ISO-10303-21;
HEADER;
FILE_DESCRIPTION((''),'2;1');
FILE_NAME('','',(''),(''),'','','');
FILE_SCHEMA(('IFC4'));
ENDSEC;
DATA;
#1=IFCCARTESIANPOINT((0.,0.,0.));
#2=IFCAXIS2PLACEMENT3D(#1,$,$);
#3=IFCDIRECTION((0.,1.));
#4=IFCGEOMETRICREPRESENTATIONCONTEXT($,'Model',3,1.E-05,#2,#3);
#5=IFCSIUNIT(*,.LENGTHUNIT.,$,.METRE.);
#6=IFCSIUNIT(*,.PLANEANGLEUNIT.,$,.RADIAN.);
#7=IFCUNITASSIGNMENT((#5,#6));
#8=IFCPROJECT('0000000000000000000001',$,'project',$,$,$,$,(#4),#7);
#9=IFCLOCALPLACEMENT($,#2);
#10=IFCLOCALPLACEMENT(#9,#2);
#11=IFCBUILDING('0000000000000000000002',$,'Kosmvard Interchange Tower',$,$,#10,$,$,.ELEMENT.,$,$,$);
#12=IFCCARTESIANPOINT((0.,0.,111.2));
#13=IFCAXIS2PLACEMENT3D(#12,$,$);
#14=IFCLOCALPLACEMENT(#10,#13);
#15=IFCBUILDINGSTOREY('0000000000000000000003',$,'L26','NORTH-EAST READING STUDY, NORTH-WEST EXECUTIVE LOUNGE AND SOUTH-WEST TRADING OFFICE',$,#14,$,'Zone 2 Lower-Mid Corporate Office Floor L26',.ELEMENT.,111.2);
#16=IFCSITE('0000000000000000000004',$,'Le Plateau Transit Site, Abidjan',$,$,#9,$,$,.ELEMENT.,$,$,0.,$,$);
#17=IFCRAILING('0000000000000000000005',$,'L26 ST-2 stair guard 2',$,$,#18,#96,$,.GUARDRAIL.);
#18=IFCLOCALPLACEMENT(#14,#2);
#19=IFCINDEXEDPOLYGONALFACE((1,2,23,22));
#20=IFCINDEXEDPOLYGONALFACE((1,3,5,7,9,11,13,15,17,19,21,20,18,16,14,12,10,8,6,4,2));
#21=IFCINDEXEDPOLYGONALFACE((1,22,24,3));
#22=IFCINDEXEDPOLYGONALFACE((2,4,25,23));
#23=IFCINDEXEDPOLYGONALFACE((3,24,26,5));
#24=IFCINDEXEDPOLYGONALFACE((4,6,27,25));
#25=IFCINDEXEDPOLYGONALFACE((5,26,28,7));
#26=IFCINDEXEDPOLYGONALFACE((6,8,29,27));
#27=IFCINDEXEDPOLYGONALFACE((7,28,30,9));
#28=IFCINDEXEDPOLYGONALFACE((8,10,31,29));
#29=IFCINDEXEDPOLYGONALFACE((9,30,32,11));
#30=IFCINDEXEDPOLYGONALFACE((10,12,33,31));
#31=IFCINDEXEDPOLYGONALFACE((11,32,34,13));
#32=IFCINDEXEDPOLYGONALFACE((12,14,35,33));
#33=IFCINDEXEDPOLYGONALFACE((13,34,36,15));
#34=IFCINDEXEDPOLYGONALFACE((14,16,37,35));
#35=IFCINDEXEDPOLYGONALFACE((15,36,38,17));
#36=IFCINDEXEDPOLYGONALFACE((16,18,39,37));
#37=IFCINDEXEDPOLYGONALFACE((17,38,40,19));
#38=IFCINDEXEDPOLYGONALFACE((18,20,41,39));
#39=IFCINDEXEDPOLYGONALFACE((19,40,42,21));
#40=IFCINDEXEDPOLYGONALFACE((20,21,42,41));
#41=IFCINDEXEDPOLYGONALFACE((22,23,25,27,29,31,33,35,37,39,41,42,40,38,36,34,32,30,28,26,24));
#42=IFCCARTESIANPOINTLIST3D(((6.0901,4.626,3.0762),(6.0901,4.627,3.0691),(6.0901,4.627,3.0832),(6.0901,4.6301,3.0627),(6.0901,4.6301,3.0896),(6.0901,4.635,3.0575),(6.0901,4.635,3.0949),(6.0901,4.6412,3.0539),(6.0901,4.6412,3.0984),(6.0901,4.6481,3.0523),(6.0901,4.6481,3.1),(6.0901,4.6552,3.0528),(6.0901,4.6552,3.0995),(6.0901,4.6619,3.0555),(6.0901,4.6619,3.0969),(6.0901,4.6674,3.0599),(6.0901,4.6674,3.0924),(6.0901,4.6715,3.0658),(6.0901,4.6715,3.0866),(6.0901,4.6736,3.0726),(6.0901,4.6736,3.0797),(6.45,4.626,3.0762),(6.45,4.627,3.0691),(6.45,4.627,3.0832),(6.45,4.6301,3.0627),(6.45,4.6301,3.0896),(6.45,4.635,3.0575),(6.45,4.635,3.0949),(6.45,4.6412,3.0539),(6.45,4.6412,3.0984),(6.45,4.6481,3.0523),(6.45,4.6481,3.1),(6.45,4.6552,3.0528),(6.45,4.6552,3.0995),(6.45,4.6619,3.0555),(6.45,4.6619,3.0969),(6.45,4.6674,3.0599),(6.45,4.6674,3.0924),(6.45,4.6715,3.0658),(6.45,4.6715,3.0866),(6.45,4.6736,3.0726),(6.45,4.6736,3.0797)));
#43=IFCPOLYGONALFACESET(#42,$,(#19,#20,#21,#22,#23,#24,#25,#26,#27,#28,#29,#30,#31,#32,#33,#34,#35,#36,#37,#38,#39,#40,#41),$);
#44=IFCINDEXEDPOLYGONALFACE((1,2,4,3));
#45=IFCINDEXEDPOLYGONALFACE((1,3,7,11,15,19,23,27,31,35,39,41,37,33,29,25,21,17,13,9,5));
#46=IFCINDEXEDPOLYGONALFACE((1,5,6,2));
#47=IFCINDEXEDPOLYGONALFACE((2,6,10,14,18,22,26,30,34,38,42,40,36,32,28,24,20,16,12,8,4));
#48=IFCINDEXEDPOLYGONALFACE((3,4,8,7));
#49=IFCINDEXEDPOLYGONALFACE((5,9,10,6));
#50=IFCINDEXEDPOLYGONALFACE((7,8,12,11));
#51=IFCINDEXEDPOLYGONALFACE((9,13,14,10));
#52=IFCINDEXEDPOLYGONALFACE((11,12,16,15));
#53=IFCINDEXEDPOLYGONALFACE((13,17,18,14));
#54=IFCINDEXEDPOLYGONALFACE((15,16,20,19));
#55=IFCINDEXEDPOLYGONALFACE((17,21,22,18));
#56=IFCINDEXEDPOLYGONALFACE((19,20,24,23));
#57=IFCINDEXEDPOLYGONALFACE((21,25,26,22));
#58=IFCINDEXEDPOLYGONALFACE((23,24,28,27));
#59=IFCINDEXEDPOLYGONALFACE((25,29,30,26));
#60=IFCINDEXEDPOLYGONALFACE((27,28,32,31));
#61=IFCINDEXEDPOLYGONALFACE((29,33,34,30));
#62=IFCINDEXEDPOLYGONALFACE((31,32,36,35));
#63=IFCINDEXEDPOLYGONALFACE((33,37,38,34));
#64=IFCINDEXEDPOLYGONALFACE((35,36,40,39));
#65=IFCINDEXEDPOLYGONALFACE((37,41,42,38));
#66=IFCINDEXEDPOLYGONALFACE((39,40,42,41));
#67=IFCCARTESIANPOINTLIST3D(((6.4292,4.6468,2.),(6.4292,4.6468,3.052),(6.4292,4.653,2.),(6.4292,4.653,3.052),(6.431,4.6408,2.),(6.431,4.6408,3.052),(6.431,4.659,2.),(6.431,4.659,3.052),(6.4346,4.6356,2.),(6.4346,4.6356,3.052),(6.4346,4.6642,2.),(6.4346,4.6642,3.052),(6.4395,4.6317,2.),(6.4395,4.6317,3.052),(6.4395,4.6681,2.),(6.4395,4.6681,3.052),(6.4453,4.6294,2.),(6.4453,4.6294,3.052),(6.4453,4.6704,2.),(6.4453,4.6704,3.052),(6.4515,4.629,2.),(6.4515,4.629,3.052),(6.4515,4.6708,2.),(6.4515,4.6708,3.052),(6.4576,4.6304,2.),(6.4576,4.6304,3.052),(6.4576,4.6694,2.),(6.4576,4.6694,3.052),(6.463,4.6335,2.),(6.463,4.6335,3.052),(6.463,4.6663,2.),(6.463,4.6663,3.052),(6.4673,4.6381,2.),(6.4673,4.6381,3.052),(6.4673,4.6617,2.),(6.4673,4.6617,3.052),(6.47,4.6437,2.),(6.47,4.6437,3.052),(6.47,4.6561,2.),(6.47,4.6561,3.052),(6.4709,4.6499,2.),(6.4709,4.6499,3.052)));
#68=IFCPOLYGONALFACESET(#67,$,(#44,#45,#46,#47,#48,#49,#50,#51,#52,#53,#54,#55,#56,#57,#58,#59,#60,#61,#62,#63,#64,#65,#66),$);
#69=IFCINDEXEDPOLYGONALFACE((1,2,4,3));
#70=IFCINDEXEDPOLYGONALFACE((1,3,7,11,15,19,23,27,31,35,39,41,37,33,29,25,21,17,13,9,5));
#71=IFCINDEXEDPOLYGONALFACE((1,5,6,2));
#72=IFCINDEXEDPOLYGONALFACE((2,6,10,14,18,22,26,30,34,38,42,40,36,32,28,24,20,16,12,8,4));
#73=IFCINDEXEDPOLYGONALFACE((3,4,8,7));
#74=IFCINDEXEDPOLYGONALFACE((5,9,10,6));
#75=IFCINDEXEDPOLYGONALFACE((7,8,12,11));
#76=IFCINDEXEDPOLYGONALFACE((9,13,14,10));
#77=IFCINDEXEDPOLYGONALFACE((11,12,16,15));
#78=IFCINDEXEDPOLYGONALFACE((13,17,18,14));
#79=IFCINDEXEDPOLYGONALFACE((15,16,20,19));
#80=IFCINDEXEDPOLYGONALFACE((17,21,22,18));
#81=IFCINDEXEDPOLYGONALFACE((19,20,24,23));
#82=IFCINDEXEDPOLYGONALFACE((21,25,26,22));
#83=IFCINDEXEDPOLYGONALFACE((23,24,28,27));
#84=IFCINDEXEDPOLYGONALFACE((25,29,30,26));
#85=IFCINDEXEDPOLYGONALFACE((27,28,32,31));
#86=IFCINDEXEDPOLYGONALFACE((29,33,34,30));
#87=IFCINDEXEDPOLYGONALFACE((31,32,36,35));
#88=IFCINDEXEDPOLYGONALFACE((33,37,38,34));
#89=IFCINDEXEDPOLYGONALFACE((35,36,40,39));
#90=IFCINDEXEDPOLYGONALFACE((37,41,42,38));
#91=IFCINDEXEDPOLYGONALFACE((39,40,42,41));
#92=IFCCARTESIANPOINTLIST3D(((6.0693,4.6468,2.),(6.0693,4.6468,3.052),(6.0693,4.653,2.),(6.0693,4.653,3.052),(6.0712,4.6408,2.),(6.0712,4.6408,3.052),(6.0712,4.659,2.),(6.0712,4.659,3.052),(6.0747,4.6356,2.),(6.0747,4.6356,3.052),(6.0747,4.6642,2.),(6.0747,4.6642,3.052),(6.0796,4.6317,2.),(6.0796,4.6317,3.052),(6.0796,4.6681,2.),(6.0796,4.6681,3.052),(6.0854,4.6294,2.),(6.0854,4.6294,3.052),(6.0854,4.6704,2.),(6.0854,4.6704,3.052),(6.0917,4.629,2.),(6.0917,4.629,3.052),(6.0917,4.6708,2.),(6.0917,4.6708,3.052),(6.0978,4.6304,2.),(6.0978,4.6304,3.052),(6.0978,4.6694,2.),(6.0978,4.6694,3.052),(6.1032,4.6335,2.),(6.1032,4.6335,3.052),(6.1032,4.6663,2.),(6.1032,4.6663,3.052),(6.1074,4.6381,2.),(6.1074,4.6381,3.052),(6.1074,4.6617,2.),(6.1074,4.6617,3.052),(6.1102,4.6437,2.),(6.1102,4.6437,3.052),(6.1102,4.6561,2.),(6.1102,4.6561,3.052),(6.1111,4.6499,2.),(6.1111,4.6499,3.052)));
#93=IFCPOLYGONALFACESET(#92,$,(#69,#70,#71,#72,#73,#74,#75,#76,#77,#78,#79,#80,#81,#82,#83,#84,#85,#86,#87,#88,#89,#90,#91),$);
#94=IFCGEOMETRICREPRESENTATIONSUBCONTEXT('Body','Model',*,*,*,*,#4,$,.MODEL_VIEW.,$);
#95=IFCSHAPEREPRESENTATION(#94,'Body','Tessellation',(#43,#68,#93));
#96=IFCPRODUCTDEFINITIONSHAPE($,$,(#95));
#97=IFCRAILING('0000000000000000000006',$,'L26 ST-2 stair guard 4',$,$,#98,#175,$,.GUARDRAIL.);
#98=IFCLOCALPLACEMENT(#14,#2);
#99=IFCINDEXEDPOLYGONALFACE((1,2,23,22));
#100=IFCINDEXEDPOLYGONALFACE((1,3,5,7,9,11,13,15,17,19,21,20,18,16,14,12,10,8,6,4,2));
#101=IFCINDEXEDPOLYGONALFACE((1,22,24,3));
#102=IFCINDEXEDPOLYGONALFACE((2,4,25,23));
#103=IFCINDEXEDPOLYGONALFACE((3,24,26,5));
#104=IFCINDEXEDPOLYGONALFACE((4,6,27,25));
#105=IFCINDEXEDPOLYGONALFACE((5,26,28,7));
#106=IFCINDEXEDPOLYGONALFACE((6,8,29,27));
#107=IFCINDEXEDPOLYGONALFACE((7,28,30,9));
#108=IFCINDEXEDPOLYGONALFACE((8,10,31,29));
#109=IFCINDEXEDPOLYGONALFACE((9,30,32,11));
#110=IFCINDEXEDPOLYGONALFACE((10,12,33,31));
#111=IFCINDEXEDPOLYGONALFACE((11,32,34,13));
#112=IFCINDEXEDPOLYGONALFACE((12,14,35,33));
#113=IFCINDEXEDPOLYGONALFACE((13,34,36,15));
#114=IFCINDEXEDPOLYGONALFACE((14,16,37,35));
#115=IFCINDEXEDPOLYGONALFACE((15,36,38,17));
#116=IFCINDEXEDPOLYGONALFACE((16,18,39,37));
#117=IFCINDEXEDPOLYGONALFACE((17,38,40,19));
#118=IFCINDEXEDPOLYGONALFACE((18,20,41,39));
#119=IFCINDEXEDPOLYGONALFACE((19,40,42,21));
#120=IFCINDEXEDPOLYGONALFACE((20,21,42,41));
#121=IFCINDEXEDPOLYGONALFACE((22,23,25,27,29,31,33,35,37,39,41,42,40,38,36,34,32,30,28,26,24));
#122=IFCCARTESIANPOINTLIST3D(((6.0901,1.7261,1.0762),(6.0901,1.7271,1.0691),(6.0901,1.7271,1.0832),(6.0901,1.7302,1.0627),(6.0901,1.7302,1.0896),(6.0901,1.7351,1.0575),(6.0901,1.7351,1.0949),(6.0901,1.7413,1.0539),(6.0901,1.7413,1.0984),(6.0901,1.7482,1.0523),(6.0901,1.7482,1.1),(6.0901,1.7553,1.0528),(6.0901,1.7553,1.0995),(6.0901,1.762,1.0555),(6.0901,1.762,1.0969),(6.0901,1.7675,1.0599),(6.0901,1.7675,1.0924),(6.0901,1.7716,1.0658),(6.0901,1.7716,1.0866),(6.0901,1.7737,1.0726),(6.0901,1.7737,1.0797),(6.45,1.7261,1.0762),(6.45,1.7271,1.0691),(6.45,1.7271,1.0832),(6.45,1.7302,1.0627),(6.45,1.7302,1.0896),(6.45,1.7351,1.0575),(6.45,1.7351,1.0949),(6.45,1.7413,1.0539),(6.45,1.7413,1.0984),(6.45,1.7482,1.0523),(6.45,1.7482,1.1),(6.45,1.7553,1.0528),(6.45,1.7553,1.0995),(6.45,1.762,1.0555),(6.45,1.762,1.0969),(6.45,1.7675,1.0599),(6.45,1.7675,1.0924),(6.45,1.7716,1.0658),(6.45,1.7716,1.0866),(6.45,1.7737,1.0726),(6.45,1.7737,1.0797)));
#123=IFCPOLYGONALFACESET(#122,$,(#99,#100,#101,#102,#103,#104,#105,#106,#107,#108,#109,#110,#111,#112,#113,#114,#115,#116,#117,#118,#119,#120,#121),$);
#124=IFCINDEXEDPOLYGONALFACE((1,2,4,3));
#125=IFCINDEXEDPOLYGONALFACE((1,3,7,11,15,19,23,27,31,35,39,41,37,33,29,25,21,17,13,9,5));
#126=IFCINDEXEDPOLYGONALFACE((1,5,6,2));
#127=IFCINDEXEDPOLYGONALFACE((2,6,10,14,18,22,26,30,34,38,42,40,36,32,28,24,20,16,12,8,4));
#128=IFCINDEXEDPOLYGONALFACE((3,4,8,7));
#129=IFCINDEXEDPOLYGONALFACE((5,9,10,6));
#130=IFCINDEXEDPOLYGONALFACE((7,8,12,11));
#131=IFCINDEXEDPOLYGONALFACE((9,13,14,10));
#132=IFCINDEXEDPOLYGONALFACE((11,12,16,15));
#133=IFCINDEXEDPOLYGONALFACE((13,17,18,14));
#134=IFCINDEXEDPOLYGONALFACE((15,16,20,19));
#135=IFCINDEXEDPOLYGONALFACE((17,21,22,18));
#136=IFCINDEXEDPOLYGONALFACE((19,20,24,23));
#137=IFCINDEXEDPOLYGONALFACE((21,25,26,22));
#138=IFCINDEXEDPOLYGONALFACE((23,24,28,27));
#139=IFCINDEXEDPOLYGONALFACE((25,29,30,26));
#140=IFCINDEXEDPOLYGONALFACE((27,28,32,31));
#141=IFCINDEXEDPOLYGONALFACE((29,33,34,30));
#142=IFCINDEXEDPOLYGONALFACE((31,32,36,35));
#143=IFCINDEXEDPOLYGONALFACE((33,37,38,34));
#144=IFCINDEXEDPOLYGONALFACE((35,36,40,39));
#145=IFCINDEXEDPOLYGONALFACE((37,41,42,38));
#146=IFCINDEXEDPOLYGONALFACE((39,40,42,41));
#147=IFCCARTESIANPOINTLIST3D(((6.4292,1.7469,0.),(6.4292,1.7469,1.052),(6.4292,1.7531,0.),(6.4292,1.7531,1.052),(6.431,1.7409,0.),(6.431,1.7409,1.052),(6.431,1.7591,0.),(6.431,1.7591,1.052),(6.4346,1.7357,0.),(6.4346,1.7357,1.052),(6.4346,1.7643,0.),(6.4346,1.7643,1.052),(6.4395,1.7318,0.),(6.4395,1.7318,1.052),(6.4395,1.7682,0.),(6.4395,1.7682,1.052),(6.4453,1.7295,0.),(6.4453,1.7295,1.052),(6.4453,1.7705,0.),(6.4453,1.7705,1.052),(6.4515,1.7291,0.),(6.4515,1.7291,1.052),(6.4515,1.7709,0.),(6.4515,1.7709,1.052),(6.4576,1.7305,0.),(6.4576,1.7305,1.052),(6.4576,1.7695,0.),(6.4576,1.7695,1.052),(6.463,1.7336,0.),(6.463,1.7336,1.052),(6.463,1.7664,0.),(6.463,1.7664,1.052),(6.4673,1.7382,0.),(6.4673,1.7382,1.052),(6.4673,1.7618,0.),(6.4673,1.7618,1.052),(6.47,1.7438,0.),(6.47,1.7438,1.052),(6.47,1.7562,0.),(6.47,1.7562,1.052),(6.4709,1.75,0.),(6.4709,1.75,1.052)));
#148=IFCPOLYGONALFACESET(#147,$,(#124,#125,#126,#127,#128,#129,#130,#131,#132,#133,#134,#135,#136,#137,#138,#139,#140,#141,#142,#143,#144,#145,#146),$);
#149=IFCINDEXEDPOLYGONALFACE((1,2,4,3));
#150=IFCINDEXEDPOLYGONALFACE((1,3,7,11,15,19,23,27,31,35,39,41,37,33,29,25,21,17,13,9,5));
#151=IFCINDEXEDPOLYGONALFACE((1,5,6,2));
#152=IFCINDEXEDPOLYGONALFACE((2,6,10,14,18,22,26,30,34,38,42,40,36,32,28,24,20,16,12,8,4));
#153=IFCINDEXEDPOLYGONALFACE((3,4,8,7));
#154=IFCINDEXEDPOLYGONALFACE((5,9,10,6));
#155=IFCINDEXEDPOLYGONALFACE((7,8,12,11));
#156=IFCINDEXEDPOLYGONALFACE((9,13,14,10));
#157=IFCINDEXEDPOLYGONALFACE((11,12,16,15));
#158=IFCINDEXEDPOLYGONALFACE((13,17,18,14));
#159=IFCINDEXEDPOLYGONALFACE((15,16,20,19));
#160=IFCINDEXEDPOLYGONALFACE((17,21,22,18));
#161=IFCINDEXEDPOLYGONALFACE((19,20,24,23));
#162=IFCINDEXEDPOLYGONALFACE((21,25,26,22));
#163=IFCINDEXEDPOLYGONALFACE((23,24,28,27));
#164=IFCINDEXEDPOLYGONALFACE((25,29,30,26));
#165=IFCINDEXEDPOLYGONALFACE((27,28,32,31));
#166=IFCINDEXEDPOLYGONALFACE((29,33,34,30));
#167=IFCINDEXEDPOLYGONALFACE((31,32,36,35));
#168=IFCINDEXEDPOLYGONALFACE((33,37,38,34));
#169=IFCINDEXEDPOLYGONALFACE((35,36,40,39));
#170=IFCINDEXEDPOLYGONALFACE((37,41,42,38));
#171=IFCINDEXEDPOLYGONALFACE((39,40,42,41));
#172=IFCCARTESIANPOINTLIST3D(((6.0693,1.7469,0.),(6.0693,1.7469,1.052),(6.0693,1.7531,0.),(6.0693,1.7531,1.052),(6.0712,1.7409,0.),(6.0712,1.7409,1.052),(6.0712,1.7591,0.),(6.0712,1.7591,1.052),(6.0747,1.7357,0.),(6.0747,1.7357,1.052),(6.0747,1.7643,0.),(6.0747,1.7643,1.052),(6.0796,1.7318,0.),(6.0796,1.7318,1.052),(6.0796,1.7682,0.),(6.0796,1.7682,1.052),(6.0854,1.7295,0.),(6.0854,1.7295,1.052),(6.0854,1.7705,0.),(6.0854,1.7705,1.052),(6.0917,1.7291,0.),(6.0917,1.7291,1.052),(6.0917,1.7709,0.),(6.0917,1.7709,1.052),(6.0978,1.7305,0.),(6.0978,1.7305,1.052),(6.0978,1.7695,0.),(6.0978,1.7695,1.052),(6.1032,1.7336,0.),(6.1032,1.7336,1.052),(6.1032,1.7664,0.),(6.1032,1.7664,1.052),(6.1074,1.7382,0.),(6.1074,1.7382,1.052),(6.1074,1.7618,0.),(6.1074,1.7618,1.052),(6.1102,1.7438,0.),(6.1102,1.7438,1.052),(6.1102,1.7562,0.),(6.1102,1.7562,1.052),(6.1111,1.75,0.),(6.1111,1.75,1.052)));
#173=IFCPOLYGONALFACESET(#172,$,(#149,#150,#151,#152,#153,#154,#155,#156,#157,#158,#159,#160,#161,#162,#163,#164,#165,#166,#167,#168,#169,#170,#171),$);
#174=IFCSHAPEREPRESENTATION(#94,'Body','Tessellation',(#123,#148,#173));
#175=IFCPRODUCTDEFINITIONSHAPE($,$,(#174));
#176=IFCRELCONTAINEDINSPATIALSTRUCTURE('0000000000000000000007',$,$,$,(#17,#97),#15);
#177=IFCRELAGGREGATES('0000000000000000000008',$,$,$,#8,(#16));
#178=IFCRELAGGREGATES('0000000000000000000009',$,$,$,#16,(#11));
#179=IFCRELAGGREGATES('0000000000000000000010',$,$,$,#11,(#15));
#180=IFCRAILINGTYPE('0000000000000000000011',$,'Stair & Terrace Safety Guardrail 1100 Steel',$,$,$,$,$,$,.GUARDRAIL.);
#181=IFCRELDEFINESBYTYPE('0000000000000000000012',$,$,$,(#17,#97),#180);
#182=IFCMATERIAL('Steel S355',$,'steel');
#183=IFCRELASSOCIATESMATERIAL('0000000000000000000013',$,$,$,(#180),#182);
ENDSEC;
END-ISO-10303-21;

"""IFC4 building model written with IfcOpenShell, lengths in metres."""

from ifc_helpers import new_model, si_unit, direction, frame, origin, origin_2d, place, context, subcontext, project, spatial, circle, extrude, source, transform, mapped, material, type_object, element, save


model = new_model("IFC4")

# Units and contexts
model_context = context("Model", 3, precision=1e-05, world=origin(), true_north=direction((0.0, 1.0)))
body_context = subcontext(model_context, "Body", "Model", "MODEL_VIEW")
ifc_project = project(units=[si_unit("LENGTHUNIT", "METRE"), si_unit("PLANEANGLEUNIT", "RADIAN")], contexts=[model_context])

# Site, building, storey
site_placement = place(None, origin())
site = spatial("IfcSite", under=ifc_project, at=site_placement, Name="Le Plateau Transit Site, Abidjan", CompositionType="ELEMENT", RefElevation=0.0)
building_placement = place(site_placement, origin())
building = spatial("IfcBuilding", under=site, at=building_placement, Name="Kosmvard Interchange Tower", CompositionType="ELEMENT")
storey_placement = place(building_placement, frame((0.0, 0.0, 111.2)))
storey = spatial("IfcBuildingStorey", under=building, at=storey_placement, Name="L26", Description="NORTH-EAST READING STUDY, NORTH-WEST EXECUTIVE LOUNGE AND SOUTH-WEST TRADING OFFICE", LongName="Zone 2 Lower-Mid Corporate Office Floor L26", CompositionType="ELEMENT", Elevation=111.2)

# Shared definitions
ifc_material_1 = material(Name="Steel S355", Category="steel")

# Railings
railing_type_1 = type_object("IfcRailingType", Name="Stair & Terrace Safety Guardrail 1100 Steel", PredefinedType="GUARDRAIL", material=ifc_material_1)
shared_shape_1 = source(origin(), body_context, "Body", "SweptSolid", [
    extrude(circle(Radius=0.0239, at=origin_2d()), frame((0.0, 0.0, 1.0762), z_axis=(-1.0, 0.0, 0.0), x_axis=(0.0, -1.0, 0.0)), (0.0, 0.0, 1.0), 0.3599),
    extrude(circle(Radius=0.021, at=origin_2d()), origin(), (0.0, 0.0, 1.0), 1.052),
    extrude(circle(Radius=0.021, at=origin_2d()), frame((-0.3599, 0.0, 0.0)), (0.0, 0.0, 1.0), 1.052),
])
for number, where, name in (
    (1, (6.45, 4.6499, 2.0), "L26 ST-2 stair guard 2"),
    (2, (6.45, 1.75, 0.0), "L26 ST-2 stair guard 4"),
):
    element("IfcRailing", number, at=place(storey_placement, frame(where)), inside=storey, type_object=railing_type_1, Name=name, PredefinedType="GUARDRAIL", context=body_context, shape_type="MappedRepresentation", body=[
        mapped(shared_shape_1, transform((0.0, 0.0, 0.0), scale=1.0)),
    ])

save(model, "model.ifc")
